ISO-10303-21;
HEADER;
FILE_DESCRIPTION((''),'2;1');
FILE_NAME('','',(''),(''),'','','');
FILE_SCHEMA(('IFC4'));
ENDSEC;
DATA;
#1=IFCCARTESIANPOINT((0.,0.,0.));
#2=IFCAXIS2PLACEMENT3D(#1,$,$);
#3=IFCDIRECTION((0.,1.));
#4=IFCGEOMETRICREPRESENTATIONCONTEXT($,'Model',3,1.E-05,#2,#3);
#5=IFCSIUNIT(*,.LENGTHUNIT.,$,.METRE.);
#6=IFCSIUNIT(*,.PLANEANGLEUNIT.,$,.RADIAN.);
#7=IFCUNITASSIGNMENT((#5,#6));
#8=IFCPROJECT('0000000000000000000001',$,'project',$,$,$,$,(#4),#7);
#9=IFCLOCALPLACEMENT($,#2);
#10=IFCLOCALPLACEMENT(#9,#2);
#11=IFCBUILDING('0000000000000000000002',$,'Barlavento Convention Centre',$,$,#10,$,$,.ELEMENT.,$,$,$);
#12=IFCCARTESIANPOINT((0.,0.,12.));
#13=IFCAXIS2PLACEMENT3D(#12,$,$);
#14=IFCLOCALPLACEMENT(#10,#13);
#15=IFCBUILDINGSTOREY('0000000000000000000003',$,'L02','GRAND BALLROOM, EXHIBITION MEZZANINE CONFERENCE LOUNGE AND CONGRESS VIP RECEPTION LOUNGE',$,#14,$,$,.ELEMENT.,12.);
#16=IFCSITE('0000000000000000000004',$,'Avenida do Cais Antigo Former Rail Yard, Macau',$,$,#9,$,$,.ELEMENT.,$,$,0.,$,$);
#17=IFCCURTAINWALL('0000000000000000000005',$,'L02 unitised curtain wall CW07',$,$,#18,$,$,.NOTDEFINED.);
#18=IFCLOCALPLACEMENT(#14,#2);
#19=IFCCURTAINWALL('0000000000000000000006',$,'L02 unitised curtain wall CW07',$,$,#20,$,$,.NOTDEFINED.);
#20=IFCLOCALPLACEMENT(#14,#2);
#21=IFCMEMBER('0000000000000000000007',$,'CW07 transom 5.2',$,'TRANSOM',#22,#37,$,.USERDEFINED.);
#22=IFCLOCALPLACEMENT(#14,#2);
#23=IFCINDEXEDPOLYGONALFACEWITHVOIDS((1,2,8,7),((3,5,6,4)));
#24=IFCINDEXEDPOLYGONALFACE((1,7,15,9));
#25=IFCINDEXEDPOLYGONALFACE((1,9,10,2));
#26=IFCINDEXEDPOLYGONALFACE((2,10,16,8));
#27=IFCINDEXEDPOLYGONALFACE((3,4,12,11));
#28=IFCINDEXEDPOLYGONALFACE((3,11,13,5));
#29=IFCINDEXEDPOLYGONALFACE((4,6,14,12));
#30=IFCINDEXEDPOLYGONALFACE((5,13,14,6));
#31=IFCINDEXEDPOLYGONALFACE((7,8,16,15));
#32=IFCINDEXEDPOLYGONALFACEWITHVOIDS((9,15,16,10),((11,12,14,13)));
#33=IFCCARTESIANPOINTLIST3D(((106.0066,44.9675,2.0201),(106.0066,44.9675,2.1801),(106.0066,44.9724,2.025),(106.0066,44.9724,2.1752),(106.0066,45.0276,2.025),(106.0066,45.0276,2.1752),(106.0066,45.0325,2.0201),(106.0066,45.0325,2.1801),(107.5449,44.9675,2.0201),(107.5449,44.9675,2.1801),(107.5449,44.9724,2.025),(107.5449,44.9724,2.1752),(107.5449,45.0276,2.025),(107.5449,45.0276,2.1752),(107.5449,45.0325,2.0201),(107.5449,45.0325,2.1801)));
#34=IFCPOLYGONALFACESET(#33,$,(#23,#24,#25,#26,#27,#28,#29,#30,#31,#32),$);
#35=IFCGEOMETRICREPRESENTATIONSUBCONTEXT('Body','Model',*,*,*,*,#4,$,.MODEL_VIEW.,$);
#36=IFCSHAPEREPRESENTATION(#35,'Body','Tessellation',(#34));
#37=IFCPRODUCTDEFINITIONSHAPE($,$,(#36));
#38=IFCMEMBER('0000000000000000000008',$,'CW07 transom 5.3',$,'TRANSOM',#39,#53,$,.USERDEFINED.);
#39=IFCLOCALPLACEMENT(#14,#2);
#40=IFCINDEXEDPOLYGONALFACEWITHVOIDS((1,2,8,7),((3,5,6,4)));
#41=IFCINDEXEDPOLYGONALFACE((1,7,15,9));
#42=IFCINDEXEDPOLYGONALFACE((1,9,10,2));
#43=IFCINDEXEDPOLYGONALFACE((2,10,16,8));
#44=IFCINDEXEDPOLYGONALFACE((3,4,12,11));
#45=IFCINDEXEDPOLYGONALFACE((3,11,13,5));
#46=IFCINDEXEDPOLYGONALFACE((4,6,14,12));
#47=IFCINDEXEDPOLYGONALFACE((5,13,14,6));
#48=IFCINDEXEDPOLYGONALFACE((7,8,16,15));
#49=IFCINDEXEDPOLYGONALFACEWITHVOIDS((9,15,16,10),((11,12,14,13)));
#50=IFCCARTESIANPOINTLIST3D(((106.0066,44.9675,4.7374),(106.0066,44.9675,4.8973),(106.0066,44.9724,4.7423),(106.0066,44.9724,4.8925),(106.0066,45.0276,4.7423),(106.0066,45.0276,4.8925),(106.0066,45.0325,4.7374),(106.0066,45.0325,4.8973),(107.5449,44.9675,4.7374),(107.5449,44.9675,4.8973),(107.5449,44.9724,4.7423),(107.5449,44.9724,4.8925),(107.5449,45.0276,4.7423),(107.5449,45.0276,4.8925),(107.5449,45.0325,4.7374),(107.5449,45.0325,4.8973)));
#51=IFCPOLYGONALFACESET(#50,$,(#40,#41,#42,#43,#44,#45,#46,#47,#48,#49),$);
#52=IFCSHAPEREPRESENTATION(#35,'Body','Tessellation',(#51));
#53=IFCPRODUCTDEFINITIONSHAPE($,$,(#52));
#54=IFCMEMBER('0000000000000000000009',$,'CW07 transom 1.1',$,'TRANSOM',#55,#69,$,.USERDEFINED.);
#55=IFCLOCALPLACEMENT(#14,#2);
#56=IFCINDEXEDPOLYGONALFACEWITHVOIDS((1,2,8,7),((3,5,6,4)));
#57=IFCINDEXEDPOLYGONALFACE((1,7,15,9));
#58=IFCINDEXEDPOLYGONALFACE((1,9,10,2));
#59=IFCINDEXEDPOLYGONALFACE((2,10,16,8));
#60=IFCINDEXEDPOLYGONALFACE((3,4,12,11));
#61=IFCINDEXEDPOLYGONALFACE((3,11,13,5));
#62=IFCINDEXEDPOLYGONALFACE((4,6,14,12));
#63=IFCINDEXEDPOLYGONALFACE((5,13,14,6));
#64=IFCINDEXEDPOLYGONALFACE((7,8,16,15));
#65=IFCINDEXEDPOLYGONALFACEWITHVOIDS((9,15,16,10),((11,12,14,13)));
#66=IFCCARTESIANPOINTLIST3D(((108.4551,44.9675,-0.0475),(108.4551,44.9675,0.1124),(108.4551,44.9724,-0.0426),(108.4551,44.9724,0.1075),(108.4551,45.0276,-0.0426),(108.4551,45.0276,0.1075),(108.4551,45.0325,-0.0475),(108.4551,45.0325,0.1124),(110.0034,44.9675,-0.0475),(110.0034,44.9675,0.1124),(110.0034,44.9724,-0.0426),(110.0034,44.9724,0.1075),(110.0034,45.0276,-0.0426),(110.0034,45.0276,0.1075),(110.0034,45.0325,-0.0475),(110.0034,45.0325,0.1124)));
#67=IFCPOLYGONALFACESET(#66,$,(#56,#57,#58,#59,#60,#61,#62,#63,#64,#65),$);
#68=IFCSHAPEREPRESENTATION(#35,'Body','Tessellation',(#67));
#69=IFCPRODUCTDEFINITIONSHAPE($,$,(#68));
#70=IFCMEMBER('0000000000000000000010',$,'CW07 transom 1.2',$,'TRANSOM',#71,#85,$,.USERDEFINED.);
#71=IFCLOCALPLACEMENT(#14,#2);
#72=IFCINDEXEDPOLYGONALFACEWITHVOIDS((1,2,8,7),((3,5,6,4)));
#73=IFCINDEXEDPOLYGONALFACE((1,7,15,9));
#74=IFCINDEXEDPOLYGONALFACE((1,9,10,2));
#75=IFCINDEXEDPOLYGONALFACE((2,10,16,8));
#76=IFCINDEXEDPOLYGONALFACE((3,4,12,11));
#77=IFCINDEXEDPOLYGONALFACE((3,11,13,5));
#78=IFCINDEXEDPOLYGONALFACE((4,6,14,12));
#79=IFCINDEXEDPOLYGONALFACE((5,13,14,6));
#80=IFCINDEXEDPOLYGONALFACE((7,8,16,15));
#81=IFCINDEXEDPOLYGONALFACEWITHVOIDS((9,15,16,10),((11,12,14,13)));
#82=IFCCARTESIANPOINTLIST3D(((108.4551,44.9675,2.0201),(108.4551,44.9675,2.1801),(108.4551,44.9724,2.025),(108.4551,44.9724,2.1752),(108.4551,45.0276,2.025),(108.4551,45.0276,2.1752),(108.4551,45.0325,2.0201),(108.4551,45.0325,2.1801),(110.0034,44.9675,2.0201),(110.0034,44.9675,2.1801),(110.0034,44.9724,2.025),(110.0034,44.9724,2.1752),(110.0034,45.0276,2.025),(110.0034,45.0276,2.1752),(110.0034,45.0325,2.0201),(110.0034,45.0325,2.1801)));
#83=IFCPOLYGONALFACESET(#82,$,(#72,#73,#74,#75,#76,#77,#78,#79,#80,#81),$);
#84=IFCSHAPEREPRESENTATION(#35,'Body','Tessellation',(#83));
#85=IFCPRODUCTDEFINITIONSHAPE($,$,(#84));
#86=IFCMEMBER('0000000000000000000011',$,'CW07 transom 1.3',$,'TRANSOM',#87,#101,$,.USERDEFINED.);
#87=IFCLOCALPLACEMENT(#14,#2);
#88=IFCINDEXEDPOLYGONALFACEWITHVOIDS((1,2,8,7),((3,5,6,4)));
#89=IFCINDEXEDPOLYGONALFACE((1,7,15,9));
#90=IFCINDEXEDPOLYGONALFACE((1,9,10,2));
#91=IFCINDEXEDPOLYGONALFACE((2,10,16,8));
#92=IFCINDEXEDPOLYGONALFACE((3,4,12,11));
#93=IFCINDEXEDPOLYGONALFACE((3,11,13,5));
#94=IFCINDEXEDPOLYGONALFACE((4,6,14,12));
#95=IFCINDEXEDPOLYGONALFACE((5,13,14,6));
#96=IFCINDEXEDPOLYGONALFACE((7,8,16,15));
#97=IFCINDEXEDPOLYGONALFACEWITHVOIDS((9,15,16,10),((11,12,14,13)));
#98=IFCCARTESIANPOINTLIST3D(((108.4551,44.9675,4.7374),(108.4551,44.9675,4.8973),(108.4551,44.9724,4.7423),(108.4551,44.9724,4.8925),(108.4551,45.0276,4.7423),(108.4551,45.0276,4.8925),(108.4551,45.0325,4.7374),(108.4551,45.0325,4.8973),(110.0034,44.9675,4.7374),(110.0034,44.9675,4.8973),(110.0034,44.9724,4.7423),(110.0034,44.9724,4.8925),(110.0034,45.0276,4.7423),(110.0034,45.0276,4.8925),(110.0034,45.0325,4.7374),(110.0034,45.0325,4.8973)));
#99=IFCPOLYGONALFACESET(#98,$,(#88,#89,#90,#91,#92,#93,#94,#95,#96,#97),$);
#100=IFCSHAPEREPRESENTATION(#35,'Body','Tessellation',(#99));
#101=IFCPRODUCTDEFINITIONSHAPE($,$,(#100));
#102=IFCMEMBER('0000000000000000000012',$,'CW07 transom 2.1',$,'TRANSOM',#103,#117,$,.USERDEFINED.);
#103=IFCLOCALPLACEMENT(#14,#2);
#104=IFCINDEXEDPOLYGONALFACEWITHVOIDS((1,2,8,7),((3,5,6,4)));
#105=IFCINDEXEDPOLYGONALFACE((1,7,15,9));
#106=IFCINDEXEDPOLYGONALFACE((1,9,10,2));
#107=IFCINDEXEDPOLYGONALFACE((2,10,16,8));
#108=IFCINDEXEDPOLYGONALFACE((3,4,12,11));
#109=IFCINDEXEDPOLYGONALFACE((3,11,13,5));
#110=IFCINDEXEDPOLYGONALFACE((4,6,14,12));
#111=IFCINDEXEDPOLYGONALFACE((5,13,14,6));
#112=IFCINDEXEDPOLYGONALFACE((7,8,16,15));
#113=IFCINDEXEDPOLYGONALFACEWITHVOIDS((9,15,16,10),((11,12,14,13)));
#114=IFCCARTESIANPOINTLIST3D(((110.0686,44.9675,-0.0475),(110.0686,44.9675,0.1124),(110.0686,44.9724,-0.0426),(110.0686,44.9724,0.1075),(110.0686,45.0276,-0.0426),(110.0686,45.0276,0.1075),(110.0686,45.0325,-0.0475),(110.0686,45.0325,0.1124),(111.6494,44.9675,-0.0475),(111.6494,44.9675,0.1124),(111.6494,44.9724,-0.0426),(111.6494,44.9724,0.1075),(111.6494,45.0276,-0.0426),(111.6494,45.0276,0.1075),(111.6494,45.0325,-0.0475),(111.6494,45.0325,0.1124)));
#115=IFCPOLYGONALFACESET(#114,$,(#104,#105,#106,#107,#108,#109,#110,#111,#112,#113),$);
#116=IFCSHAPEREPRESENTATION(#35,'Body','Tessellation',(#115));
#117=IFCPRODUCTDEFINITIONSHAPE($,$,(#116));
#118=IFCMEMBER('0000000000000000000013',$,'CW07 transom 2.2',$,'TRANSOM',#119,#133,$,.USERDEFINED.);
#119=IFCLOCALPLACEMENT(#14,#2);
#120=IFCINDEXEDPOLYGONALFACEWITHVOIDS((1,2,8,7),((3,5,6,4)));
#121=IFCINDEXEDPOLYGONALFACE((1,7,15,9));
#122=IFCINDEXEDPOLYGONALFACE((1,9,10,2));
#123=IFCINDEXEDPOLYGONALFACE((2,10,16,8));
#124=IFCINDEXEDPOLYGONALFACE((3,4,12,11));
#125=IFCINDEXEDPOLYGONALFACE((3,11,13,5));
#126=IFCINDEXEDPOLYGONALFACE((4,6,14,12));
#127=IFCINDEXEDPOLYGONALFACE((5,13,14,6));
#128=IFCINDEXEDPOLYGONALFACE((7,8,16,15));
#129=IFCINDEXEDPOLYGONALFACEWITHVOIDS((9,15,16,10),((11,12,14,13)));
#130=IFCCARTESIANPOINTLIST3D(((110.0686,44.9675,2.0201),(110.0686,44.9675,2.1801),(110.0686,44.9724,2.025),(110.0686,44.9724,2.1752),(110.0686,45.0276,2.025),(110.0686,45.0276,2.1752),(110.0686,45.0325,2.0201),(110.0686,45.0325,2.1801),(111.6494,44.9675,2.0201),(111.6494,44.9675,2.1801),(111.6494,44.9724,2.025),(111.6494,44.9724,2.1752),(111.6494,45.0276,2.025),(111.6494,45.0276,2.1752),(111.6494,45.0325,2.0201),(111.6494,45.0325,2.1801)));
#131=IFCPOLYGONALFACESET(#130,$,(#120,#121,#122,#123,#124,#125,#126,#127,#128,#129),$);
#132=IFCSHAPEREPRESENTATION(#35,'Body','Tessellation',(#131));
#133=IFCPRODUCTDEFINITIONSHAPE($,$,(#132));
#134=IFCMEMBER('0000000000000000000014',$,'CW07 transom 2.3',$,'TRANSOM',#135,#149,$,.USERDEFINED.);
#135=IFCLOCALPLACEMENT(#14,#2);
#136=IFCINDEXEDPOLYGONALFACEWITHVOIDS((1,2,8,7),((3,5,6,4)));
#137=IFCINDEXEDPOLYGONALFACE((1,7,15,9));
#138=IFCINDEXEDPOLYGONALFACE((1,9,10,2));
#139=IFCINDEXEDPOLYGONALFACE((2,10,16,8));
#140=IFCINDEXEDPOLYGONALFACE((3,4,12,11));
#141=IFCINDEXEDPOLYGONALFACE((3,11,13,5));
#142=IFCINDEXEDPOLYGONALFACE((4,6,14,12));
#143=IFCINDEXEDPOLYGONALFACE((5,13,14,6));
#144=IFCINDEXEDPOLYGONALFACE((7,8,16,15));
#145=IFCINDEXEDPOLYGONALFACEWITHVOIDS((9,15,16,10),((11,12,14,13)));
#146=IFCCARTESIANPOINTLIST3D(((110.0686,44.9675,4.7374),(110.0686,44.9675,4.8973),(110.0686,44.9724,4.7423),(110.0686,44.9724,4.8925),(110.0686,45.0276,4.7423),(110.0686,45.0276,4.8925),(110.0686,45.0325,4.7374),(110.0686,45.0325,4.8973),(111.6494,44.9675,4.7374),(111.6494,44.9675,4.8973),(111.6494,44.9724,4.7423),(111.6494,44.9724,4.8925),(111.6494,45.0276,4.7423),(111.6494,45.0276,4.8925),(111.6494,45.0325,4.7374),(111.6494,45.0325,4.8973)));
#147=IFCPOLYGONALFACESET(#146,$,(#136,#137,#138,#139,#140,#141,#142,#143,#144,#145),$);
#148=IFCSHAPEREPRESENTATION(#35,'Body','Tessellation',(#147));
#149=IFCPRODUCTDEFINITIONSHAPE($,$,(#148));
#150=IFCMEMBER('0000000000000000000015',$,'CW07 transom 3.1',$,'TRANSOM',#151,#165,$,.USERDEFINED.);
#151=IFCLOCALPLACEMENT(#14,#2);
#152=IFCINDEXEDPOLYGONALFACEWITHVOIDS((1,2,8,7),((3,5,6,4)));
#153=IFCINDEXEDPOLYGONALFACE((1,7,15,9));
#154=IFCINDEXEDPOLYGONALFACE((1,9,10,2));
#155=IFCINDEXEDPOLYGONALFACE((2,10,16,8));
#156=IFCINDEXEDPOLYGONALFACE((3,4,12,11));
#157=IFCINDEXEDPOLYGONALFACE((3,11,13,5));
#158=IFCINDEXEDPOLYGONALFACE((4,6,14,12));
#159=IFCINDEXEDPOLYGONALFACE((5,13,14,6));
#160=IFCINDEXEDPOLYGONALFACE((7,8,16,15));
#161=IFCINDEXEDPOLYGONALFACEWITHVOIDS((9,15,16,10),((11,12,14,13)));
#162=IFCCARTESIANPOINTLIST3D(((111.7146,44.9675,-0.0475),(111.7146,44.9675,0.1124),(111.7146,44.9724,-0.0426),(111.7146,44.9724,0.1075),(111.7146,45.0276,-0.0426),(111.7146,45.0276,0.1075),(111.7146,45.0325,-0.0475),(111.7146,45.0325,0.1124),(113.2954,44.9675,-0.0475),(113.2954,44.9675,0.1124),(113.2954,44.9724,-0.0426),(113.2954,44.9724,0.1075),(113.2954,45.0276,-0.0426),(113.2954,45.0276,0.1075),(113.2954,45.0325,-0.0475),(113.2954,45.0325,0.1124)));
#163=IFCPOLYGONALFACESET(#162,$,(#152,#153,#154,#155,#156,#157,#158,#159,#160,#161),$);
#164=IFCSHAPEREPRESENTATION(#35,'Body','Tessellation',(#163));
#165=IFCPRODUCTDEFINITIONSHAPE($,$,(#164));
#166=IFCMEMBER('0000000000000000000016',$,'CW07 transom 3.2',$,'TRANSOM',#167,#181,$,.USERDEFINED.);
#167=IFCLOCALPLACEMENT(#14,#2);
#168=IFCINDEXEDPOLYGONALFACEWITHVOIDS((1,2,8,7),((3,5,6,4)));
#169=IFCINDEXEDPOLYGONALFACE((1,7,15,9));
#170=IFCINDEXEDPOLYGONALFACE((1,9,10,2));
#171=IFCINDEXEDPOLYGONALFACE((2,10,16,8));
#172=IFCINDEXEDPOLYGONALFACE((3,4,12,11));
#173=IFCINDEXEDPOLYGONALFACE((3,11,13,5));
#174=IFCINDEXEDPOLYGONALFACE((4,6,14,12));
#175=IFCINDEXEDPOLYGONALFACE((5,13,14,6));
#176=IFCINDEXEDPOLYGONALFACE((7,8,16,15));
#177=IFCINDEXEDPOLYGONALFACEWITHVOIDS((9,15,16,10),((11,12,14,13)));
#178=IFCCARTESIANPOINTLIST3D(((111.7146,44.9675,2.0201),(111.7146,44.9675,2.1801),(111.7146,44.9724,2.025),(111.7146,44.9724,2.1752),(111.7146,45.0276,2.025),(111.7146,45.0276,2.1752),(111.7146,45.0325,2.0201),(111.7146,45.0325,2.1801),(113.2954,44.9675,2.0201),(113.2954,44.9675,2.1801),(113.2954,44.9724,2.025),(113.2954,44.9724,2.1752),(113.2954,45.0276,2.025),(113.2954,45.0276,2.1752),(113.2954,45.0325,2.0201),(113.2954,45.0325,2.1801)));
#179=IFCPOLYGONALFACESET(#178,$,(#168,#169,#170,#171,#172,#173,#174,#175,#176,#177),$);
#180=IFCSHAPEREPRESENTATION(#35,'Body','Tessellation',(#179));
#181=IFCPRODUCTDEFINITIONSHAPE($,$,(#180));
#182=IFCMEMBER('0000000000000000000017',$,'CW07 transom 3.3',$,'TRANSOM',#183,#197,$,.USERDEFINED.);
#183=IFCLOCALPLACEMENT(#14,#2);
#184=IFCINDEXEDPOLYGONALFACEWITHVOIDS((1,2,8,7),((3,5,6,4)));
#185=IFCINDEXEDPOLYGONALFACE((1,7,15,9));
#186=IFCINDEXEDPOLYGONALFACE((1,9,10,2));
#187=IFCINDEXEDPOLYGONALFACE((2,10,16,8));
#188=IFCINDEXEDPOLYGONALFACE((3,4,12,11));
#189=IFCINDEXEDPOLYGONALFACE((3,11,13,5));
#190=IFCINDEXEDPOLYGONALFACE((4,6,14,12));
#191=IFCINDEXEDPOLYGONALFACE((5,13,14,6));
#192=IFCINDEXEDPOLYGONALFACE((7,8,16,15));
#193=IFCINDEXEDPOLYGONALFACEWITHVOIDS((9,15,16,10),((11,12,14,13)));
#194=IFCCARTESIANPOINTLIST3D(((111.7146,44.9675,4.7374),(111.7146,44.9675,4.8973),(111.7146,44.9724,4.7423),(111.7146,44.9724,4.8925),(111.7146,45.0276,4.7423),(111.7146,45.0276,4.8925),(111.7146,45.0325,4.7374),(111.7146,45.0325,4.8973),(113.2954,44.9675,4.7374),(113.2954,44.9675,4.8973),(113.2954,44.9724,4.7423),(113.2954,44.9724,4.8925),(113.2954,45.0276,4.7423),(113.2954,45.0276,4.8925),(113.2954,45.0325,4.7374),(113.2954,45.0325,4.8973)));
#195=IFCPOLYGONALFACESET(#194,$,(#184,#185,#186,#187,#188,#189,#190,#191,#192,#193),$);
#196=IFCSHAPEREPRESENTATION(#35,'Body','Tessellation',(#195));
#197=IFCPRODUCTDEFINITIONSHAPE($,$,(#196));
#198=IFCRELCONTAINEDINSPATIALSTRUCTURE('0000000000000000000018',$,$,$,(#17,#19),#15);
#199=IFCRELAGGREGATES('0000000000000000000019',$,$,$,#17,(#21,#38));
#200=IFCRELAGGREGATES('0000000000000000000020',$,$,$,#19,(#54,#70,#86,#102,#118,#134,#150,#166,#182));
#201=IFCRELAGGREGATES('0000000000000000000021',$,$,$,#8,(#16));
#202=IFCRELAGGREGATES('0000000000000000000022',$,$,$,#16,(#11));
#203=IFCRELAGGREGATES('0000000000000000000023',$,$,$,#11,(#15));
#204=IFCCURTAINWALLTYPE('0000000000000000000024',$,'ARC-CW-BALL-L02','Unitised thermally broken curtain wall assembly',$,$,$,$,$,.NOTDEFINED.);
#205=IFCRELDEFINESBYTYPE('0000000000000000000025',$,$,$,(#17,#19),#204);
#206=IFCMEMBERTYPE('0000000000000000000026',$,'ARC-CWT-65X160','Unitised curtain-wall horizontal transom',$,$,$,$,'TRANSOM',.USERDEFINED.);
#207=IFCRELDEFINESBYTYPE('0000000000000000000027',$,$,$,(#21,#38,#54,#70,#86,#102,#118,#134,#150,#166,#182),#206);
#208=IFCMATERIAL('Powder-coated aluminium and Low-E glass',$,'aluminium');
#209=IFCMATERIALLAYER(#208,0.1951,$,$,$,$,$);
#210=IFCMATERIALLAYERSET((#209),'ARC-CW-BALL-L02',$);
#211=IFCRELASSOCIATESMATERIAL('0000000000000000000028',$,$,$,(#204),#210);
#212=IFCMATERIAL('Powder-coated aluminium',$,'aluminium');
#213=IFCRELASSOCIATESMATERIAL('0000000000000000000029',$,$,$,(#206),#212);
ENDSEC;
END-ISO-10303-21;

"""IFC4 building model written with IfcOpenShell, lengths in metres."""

from ifc_helpers import new_model, si_unit, direction, frame, origin, origin_2d, place, context, subcontext, project, spatial, hollow_rectangle, extrude, material, layer, layer_set, material_profile, profile_set, type_object, element, aggregate, save


model = new_model("IFC4")

# Units and contexts
model_context = context("Model", 3, precision=1e-05, world=origin(), true_north=direction((0.0, 1.0)))
body_context = subcontext(model_context, "Body", "Model", "MODEL_VIEW")
ifc_project = project(units=[si_unit("LENGTHUNIT", "METRE"), si_unit("PLANEANGLEUNIT", "RADIAN")], contexts=[model_context])

# Site, building, storey
site_placement = place(None, origin())
site = spatial("IfcSite", under=ifc_project, at=site_placement, Name="Avenida do Cais Antigo Former Rail Yard, Macau", CompositionType="ELEMENT", RefElevation=0.0)
building_placement = place(site_placement, origin())
building = spatial("IfcBuilding", under=site, at=building_placement, Name="Barlavento Convention Centre", CompositionType="ELEMENT")
storey_placement = place(building_placement, frame((0.0, 0.0, 12.0)))
storey = spatial("IfcBuildingStorey", under=building, at=storey_placement, Name="L02", Description="GRAND BALLROOM, EXHIBITION MEZZANINE CONFERENCE LOUNGE AND CONGRESS VIP RECEPTION LOUNGE", CompositionType="ELEMENT", Elevation=12.0)

# Curtain walls
ifc_material_1 = material(Name="Powder-coated aluminium and Low-E glass", Category="aluminium")
ifc_layer_1 = layer(ifc_material_1, 0.1951)
ifc_layer_set_1 = layer_set([ifc_layer_1], Name="ARC-CW-BALL-L02")
curtain_wall_type = type_object("IfcCurtainWallType", Name="ARC-CW-BALL-L02", Description="Unitised thermally broken curtain wall assembly", PredefinedType="NOTDEFINED", material=ifc_layer_set_1)
curtain_wall_1_placement = place(storey_placement, origin())
curtain_wall_1 = element("IfcCurtainWall", 1, at=curtain_wall_1_placement, inside=storey, type_object=curtain_wall_type, Name="L02 unitised curtain wall CW07", PredefinedType="NOTDEFINED")
ifc_material_2 = material(Name="Powder-coated aluminium", Category="aluminium")
curtain_wall_2_placement = place(storey_placement, origin())
curtain_wall_2 = element("IfcCurtainWall", 2, at=curtain_wall_2_placement, inside=storey, type_object=curtain_wall_type, Name="L02 unitised curtain wall CW07", PredefinedType="NOTDEFINED")

# Members
ifc_material_profile_1 = material_profile(ifc_material_2, hollow_rectangle(XDim=0.0649, YDim=0.1599, WallThickness=0.0049, at=origin_2d()), Name="AL-TRAN 65x160x5")
ifc_profile_set_1 = profile_set([ifc_material_profile_1], Name="Powder-coated aluminium")
member_type_1 = type_object("IfcMemberType", Name="ARC-CWT-65X160", Description="Unitised curtain-wall horizontal transom", ElementType="TRANSOM", PredefinedType="USERDEFINED", material=ifc_profile_set_1)
member_1_placement = place(storey_placement, frame((106.0066, 45.0, 2.1001), z_axis=(1.0, 0.0, 0.0), x_axis=(0.0, 1.0, 0.0)))
member_1 = element("IfcMember", 3, at=member_1_placement, type_object=member_type_1, Name="CW07 transom 5.2", ObjectType="TRANSOM", PredefinedType="USERDEFINED", context=body_context, shape_type="SweptSolid", body=[
    extrude(hollow_rectangle(XDim=0.0649, YDim=0.1599, WallThickness=0.0049, at=origin_2d()), origin(), (0.0, 0.0, 1.0), 1.5383),
])
member_2_placement = place(storey_placement, frame((106.0066, 45.0, 4.8174), z_axis=(1.0, 0.0, 0.0), x_axis=(0.0, 1.0, 0.0)))
member_2 = element("IfcMember", 4, at=member_2_placement, type_object=member_type_1, Name="CW07 transom 5.3", ObjectType="TRANSOM", PredefinedType="USERDEFINED", context=body_context, shape_type="SweptSolid", body=[
    extrude(hollow_rectangle(XDim=0.0649, YDim=0.1599, WallThickness=0.0049, at=origin_2d()), origin(), (0.0, 0.0, 1.0), 1.5383),
])
member_3_placement = place(storey_placement, frame((108.4551, 45.0, 0.0325), z_axis=(1.0, 0.0, 0.0), x_axis=(0.0, 1.0, 0.0)))
member_3 = element("IfcMember", 5, at=member_3_placement, type_object=member_type_1, Name="CW07 transom 1.1", ObjectType="TRANSOM", PredefinedType="USERDEFINED", context=body_context, shape_type="SweptSolid", body=[
    extrude(hollow_rectangle(XDim=0.0649, YDim=0.1599, WallThickness=0.0049, at=origin_2d()), origin(), (0.0, 0.0, 1.0), 1.5483),
])
member_4_placement = place(storey_placement, frame((108.4551, 45.0, 2.1001), z_axis=(1.0, 0.0, 0.0), x_axis=(0.0, 1.0, 0.0)))
member_4 = element("IfcMember", 6, at=member_4_placement, type_object=member_type_1, Name="CW07 transom 1.2", ObjectType="TRANSOM", PredefinedType="USERDEFINED", context=body_context, shape_type="SweptSolid", body=[
    extrude(hollow_rectangle(XDim=0.0649, YDim=0.1599, WallThickness=0.0049, at=origin_2d()), origin(), (0.0, 0.0, 1.0), 1.5483),
])
member_5_placement = place(storey_placement, frame((108.4551, 45.0, 4.8174), z_axis=(1.0, 0.0, 0.0), x_axis=(0.0, 1.0, 0.0)))
member_5 = element("IfcMember", 7, at=member_5_placement, type_object=member_type_1, Name="CW07 transom 1.3", ObjectType="TRANSOM", PredefinedType="USERDEFINED", context=body_context, shape_type="SweptSolid", body=[
    extrude(hollow_rectangle(XDim=0.0649, YDim=0.1599, WallThickness=0.0049, at=origin_2d()), origin(), (0.0, 0.0, 1.0), 1.5483),
])
member_6_placement = place(storey_placement, frame((110.0686, 45.0, 0.0325), z_axis=(1.0, 0.0, 0.0), x_axis=(0.0, 1.0, 0.0)))
member_6 = element("IfcMember", 8, at=member_6_placement, type_object=member_type_1, Name="CW07 transom 2.1", ObjectType="TRANSOM", PredefinedType="USERDEFINED", context=body_context, shape_type="SweptSolid", body=[
    extrude(hollow_rectangle(XDim=0.0649, YDim=0.1599, WallThickness=0.0049, at=origin_2d()), origin(), (0.0, 0.0, 1.0), 1.5808),
])
member_7_placement = place(storey_placement, frame((110.0686, 45.0, 2.1001), z_axis=(1.0, 0.0, 0.0), x_axis=(0.0, 1.0, 0.0)))
member_7 = element("IfcMember", 9, at=member_7_placement, type_object=member_type_1, Name="CW07 transom 2.2", ObjectType="TRANSOM", PredefinedType="USERDEFINED", context=body_context, shape_type="SweptSolid", body=[
    extrude(hollow_rectangle(XDim=0.0649, YDim=0.1599, WallThickness=0.0049, at=origin_2d()), origin(), (0.0, 0.0, 1.0), 1.5808),
])
member_8_placement = place(storey_placement, frame((110.0686, 45.0, 4.8174), z_axis=(1.0, 0.0, 0.0), x_axis=(0.0, 1.0, 0.0)))
member_8 = element("IfcMember", 10, at=member_8_placement, type_object=member_type_1, Name="CW07 transom 2.3", ObjectType="TRANSOM", PredefinedType="USERDEFINED", context=body_context, shape_type="SweptSolid", body=[
    extrude(hollow_rectangle(XDim=0.0649, YDim=0.1599, WallThickness=0.0049, at=origin_2d()), origin(), (0.0, 0.0, 1.0), 1.5808),
])
member_9_placement = place(storey_placement, frame((111.7146, 45.0, 0.0325), z_axis=(1.0, 0.0, 0.0), x_axis=(0.0, 1.0, 0.0)))
member_9 = element("IfcMember", 11, at=member_9_placement, type_object=member_type_1, Name="CW07 transom 3.1", ObjectType="TRANSOM", PredefinedType="USERDEFINED", context=body_context, shape_type="SweptSolid", body=[
    extrude(hollow_rectangle(XDim=0.0649, YDim=0.1599, WallThickness=0.0049, at=origin_2d()), origin(), (0.0, 0.0, 1.0), 1.5808),
])
member_10_placement = place(storey_placement, frame((111.7146, 45.0, 2.1001), z_axis=(1.0, 0.0, 0.0), x_axis=(0.0, 1.0, 0.0)))
member_10 = element("IfcMember", 12, at=member_10_placement, type_object=member_type_1, Name="CW07 transom 3.2", ObjectType="TRANSOM", PredefinedType="USERDEFINED", context=body_context, shape_type="SweptSolid", body=[
    extrude(hollow_rectangle(XDim=0.0649, YDim=0.1599, WallThickness=0.0049, at=origin_2d()), origin(), (0.0, 0.0, 1.0), 1.5808),
])
member_11_placement = place(storey_placement, frame((111.7146, 45.0, 4.8174), z_axis=(1.0, 0.0, 0.0), x_axis=(0.0, 1.0, 0.0)))
member_11 = element("IfcMember", 13, at=member_11_placement, type_object=member_type_1, Name="CW07 transom 3.3", ObjectType="TRANSOM", PredefinedType="USERDEFINED", context=body_context, shape_type="SweptSolid", body=[
    extrude(hollow_rectangle(XDim=0.0649, YDim=0.1599, WallThickness=0.0049, at=origin_2d()), origin(), (0.0, 0.0, 1.0), 1.5808),
])

aggregate(curtain_wall_1, [member_1, member_2])
aggregate(curtain_wall_2, [member_3, member_4, member_5, member_6, member_7, member_8, member_9, member_10, member_11])

save(model, "model.ifc")
